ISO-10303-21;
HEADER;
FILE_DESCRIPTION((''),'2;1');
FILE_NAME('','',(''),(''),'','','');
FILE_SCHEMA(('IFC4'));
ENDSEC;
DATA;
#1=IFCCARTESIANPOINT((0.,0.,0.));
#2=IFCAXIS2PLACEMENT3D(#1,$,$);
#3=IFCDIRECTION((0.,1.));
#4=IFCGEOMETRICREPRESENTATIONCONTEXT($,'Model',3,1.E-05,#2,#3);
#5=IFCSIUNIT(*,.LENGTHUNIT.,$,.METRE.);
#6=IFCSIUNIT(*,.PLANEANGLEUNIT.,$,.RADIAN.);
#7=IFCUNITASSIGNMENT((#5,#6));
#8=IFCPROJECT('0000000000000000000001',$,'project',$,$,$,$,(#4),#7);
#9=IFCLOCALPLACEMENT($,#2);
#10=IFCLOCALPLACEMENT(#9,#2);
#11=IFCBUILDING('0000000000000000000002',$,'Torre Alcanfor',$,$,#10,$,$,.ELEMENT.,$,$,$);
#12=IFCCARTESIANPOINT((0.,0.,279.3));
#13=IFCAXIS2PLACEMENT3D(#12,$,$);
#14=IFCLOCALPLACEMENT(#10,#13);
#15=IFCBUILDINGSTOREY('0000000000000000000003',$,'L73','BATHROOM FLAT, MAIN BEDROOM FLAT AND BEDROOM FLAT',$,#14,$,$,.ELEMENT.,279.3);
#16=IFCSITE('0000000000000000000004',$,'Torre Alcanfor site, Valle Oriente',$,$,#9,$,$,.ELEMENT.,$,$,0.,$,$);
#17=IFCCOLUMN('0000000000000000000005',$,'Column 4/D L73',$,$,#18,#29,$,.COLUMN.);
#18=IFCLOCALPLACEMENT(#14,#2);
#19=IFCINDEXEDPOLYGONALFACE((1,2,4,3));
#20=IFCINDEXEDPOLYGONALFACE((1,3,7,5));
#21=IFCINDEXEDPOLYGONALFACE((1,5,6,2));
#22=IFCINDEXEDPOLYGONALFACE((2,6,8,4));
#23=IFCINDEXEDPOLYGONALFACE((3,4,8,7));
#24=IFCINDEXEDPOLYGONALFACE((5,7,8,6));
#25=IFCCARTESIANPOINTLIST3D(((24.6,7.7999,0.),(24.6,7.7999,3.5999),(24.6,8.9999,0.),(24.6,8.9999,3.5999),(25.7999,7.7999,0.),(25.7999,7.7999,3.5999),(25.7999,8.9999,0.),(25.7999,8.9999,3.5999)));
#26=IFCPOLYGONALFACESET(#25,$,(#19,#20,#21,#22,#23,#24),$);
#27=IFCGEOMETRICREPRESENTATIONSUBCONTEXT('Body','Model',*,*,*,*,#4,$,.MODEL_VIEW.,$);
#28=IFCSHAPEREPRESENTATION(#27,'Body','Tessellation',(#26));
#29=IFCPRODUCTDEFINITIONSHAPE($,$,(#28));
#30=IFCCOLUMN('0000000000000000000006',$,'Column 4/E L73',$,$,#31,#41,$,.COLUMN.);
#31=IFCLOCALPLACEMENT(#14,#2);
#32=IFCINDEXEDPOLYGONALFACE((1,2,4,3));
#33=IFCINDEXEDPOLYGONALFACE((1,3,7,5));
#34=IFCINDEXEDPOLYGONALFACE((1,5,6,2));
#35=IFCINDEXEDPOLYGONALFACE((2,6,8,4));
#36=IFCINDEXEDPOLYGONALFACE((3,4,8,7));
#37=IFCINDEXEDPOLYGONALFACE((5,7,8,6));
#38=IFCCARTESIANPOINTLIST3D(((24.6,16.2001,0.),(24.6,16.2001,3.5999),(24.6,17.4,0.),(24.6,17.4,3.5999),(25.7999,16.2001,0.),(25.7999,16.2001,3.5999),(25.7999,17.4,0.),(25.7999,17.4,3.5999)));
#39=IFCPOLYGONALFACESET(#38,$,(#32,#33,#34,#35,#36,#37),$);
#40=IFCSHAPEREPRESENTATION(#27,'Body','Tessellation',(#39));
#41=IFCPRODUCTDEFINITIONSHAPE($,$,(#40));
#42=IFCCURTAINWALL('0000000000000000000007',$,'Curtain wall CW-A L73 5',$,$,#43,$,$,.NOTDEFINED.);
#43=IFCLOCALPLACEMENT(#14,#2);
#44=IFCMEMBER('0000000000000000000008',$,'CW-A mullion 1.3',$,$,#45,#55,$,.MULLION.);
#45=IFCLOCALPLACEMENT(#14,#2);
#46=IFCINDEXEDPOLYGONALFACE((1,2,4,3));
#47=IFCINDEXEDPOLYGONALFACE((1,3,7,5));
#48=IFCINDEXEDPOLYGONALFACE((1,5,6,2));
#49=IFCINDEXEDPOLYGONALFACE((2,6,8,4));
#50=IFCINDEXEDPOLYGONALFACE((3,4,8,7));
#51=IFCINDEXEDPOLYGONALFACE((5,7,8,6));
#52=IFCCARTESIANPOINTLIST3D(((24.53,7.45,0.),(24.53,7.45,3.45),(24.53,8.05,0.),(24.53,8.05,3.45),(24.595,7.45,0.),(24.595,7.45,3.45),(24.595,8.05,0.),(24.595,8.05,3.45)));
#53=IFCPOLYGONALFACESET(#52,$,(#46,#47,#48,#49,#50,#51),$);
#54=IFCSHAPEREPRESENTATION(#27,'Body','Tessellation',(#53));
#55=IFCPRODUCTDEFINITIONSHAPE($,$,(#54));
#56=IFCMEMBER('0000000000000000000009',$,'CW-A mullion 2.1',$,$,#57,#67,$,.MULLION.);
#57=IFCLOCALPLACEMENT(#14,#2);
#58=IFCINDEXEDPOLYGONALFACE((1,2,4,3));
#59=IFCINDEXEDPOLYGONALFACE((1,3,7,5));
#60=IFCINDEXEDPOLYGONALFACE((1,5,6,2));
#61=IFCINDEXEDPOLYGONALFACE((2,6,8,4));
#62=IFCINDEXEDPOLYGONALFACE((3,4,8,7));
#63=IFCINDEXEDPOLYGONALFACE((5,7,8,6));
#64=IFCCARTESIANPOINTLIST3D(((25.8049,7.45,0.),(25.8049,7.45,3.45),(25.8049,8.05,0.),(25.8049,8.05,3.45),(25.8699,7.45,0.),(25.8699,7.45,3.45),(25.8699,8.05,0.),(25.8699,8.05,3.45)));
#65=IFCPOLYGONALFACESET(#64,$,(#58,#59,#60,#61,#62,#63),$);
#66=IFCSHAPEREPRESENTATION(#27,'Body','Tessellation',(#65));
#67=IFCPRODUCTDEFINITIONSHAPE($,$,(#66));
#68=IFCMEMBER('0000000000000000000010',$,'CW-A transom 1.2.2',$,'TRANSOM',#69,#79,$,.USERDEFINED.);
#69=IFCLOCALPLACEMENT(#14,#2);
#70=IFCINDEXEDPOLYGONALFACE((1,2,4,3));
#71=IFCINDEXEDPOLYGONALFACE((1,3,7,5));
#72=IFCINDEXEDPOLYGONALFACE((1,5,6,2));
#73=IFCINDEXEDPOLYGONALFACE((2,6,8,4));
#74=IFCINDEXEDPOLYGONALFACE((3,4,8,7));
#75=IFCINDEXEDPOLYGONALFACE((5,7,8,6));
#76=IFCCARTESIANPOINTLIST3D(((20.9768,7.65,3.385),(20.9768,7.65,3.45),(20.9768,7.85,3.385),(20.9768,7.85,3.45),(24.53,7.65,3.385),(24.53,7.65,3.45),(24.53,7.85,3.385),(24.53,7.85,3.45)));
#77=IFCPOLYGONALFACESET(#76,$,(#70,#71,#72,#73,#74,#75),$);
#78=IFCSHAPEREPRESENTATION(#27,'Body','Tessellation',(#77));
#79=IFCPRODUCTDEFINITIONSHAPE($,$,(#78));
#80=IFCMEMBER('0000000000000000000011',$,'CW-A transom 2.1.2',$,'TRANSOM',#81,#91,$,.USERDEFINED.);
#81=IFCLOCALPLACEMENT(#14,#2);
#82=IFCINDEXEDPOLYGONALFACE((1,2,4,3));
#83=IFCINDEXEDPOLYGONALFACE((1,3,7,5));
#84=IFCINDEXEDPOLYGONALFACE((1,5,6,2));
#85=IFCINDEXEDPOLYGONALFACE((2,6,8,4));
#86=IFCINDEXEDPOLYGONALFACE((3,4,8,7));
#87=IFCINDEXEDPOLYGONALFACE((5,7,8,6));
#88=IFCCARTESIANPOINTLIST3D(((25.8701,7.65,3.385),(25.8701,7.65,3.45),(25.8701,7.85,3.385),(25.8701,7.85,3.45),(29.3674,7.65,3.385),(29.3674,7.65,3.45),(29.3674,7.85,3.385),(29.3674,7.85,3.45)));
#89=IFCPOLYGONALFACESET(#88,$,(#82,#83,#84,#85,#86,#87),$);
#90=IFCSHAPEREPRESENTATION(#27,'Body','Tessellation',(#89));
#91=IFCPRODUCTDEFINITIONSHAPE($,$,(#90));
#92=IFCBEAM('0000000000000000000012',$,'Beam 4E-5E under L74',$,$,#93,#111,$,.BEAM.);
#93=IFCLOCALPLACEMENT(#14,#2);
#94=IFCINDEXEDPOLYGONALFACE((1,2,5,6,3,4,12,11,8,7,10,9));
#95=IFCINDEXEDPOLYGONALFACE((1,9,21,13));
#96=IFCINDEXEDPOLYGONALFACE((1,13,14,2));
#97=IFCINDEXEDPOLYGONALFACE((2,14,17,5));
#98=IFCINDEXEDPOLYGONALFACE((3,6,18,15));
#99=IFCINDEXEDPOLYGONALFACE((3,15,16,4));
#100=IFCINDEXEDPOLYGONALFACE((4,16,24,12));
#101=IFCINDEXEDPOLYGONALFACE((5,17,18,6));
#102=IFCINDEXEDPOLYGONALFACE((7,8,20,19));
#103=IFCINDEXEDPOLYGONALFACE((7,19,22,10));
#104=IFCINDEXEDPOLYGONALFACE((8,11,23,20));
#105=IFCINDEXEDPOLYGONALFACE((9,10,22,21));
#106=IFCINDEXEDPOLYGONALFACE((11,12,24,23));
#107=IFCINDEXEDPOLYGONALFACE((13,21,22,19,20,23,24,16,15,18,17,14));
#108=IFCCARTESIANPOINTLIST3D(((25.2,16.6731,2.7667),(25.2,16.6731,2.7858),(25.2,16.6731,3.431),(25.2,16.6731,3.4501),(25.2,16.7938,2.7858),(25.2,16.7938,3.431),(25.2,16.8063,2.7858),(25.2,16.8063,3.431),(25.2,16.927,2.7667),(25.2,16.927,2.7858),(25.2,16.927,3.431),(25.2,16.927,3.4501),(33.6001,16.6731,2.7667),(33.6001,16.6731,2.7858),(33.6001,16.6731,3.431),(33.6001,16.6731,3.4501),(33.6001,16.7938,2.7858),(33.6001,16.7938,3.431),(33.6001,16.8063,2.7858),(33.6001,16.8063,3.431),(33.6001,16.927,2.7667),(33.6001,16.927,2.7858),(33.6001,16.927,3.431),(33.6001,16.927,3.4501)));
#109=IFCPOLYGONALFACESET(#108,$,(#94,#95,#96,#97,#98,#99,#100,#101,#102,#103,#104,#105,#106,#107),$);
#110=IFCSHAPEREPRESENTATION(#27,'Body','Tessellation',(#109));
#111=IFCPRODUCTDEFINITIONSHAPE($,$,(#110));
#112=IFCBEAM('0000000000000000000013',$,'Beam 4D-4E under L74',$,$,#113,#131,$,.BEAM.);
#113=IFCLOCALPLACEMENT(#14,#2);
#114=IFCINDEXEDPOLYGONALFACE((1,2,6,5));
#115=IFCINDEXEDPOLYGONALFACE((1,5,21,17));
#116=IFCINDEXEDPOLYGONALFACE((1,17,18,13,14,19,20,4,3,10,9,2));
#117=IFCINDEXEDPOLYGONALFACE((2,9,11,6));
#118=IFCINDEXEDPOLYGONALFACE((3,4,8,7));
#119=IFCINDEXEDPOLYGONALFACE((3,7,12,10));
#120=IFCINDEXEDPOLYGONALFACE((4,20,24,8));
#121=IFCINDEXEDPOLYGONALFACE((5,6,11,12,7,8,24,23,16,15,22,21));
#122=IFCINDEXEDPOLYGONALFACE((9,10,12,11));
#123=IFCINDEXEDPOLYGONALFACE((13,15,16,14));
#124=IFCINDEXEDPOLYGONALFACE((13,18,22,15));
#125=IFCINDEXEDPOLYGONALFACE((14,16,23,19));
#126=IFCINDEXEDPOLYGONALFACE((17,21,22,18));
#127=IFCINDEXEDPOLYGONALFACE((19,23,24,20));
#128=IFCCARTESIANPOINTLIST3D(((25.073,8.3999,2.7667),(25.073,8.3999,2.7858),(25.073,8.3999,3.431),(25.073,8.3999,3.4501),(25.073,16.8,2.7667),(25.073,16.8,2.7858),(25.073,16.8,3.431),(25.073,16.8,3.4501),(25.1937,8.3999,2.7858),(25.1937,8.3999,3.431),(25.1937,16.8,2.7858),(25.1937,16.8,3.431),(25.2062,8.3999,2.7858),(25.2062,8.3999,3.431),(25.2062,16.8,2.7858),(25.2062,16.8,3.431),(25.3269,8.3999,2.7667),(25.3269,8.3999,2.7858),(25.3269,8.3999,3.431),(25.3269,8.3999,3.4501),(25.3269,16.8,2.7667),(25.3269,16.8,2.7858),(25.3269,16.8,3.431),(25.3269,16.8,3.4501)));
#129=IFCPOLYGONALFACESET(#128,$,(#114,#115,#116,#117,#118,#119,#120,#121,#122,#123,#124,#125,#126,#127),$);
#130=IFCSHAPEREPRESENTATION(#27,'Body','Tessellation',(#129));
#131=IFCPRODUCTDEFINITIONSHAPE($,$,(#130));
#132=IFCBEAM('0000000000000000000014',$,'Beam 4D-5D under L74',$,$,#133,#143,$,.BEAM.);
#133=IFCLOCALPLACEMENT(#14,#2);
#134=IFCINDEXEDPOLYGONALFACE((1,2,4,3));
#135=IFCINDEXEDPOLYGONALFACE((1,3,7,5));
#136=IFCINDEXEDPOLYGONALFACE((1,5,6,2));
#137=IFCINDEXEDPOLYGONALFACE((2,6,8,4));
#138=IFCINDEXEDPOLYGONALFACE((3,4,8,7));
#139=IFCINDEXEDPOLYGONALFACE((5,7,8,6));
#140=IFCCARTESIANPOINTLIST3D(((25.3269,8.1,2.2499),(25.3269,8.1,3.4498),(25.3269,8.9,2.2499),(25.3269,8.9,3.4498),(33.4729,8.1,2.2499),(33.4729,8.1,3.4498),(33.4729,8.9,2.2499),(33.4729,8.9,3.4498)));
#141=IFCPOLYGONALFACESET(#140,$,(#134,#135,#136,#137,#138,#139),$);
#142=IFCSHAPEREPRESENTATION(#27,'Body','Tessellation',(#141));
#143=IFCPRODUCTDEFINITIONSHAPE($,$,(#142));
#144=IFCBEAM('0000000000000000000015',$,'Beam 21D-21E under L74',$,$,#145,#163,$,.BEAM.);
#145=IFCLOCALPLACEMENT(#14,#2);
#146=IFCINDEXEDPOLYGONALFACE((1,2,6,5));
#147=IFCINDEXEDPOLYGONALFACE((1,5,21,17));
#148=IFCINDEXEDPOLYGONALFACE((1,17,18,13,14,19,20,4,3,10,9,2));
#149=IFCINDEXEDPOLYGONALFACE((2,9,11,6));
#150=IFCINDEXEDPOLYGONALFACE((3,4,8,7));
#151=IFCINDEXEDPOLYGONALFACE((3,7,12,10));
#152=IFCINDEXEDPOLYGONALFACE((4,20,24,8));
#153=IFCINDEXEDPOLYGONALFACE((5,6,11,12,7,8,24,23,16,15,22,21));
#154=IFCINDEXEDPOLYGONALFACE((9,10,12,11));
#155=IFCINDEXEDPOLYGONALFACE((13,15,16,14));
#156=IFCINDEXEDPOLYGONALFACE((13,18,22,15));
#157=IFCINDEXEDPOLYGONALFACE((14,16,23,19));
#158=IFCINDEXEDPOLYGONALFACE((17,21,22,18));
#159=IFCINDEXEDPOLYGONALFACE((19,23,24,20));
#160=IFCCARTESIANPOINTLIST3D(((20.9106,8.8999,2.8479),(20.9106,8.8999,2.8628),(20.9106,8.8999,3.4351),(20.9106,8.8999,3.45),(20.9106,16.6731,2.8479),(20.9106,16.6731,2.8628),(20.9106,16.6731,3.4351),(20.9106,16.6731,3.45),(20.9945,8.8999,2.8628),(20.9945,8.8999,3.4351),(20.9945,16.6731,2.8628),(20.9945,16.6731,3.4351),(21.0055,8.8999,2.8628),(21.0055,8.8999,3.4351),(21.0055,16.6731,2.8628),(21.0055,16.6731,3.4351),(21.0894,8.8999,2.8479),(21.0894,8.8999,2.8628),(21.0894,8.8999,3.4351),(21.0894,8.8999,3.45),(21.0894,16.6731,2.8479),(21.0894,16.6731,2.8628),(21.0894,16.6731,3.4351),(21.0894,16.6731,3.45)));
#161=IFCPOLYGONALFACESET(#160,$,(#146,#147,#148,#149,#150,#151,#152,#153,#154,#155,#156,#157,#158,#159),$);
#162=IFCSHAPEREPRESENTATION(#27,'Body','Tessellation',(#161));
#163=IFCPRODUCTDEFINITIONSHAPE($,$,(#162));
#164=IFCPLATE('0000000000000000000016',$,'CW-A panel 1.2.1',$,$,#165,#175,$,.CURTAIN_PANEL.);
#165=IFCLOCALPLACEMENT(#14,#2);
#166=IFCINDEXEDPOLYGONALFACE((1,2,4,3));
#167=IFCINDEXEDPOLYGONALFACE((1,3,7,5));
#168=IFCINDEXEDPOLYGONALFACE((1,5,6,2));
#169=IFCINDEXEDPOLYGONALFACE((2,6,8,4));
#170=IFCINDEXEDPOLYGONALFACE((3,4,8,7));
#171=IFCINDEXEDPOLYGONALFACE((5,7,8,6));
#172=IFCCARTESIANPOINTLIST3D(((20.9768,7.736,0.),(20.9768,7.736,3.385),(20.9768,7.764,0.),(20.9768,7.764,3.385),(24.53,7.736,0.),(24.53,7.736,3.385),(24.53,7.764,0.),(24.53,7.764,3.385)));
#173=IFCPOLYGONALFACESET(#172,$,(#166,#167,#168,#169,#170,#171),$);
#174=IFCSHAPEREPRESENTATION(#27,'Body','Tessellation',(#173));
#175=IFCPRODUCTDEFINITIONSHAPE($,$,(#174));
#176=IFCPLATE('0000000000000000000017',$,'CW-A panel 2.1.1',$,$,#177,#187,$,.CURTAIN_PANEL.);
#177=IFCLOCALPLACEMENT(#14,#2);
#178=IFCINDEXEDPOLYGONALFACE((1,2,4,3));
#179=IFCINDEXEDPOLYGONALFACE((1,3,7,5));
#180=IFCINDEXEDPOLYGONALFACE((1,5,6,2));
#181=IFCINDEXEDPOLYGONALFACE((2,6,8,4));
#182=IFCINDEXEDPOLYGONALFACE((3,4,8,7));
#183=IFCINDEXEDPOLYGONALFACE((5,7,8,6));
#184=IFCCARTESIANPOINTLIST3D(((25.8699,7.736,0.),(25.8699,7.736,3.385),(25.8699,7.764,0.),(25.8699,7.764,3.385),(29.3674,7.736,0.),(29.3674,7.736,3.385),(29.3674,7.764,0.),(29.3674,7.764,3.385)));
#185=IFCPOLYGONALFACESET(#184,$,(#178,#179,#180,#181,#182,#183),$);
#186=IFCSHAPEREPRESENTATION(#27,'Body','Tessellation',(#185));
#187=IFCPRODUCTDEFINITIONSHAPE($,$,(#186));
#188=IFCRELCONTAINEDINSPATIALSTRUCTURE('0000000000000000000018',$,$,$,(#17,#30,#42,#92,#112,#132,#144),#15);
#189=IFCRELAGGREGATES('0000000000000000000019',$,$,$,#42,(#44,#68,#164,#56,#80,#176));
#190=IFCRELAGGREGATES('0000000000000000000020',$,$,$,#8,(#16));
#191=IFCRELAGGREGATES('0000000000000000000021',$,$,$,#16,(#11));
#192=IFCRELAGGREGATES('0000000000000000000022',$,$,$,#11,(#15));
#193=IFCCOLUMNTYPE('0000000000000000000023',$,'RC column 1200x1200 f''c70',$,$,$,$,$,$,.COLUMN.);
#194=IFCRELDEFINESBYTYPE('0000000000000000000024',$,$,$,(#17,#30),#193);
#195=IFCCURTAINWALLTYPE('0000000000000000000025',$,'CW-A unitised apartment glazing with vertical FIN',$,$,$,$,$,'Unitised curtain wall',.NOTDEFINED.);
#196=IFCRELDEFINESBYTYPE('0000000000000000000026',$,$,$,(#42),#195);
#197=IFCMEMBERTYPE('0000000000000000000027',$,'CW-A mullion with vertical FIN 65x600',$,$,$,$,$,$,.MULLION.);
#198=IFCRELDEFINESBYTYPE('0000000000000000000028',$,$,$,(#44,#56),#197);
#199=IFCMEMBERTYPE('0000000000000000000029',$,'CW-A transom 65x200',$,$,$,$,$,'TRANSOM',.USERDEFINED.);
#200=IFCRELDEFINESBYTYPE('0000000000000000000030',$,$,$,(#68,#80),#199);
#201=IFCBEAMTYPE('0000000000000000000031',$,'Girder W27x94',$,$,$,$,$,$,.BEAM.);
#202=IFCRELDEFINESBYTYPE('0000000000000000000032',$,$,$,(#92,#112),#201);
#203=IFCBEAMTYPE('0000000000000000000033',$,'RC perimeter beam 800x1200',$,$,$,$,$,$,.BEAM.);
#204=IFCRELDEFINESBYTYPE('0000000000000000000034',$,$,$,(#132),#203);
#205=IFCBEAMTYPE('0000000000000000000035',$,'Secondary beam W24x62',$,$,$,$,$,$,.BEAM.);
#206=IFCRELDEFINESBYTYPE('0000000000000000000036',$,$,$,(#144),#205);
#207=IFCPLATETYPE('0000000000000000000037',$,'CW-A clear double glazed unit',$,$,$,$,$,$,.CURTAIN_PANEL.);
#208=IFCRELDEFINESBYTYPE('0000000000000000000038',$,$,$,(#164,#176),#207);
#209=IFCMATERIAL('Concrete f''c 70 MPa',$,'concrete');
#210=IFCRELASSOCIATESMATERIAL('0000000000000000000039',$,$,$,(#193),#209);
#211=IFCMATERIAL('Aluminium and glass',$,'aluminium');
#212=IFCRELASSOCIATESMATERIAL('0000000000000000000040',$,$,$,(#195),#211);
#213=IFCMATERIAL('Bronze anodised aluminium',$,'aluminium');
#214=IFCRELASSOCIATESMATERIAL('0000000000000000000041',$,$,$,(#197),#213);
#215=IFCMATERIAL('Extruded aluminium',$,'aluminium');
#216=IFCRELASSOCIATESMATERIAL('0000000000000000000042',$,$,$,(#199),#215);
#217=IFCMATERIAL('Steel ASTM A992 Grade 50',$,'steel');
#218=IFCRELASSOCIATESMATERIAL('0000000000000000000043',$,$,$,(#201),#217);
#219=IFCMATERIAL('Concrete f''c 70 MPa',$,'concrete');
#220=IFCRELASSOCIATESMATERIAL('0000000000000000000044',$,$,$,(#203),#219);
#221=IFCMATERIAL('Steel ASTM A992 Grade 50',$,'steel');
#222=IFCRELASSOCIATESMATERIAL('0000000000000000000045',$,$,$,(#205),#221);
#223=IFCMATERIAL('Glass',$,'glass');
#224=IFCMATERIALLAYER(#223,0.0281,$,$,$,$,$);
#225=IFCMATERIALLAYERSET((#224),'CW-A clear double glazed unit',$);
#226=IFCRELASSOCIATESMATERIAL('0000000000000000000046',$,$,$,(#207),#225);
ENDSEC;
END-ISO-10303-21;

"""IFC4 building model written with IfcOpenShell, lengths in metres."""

from ifc_helpers import new_model, si_unit, direction, frame, origin, origin_2d, place, context, subcontext, project, spatial, rectangle, i_section, extrude, material, layer, layer_set, material_profile, profile_set, type_object, element, aggregate, save


model = new_model("IFC4")

# Units and contexts
model_context = context("Model", 3, precision=1e-05, world=origin(), true_north=direction((0.0, 1.0)))
body_context = subcontext(model_context, "Body", "Model", "MODEL_VIEW")
ifc_project = project(units=[si_unit("LENGTHUNIT", "METRE"), si_unit("PLANEANGLEUNIT", "RADIAN")], contexts=[model_context])

# Site, building, storey
site_placement = place(None, origin())
site = spatial("IfcSite", under=ifc_project, at=site_placement, Name="Torre Alcanfor site, Valle Oriente", CompositionType="ELEMENT", RefElevation=0.0)
building_placement = place(site_placement, origin())
building = spatial("IfcBuilding", under=site, at=building_placement, Name="Torre Alcanfor", CompositionType="ELEMENT")
storey_placement = place(building_placement, frame((0.0, 0.0, 279.3)))
storey = spatial("IfcBuildingStorey", under=building, at=storey_placement, Name="L73", Description="BATHROOM FLAT, MAIN BEDROOM FLAT AND BEDROOM FLAT", CompositionType="ELEMENT", Elevation=279.3)

# Columns
ifc_material_1 = material(Name="Concrete f'c 70 MPa", Category="concrete")
ifc_material_profile_1 = material_profile(ifc_material_1, rectangle(XDim=1.2, YDim=1.2, at=origin_2d()), Name="1200x1200")
ifc_profile_set_1 = profile_set([ifc_material_profile_1], Name="Concrete f'c 70 MPa")
column_type = type_object("IfcColumnType", Name="RC column 1200x1200 f'c70", PredefinedType="COLUMN", material=ifc_profile_set_1)
for number, where, z_axis, x_axis, name in (
    (1, (25.2, 8.3999, 0.0), (0.0, 0.0, 1.0), (1.0, 0.0, 0.0), "Column 4/D L73"),
    (2, (25.2, 16.8, 0.0), (0.0, 0.0, 1.0), (1.0, 0.0, 0.0), "Column 4/E L73"),
):
    element("IfcColumn", number, at=place(storey_placement, frame(where, z_axis=z_axis, x_axis=x_axis)), inside=storey, type_object=column_type, Name=name, PredefinedType="COLUMN", context=body_context, shape_type="SweptSolid", body=[
        extrude(rectangle(XDim=1.2, YDim=1.2, at=origin_2d()), origin(), (0.0, 0.0, 1.0), 3.5999),
    ])

# Curtain wall, members
ifc_material_2 = material(Name="Aluminium and glass", Category="aluminium")
curtain_wall_type = type_object("IfcCurtainWallType", Name="CW-A unitised apartment glazing with vertical FIN", ElementType="Unitised curtain wall", PredefinedType="NOTDEFINED", material=ifc_material_2)
curtain_wall_placement = place(storey_placement, origin())
curtain_wall = element("IfcCurtainWall", 3, at=curtain_wall_placement, inside=storey, type_object=curtain_wall_type, Name="Curtain wall CW-A L73 5", PredefinedType="NOTDEFINED")
ifc_material_3 = material(Name="Bronze anodised aluminium", Category="aluminium")
ifc_material_profile_2 = material_profile(ifc_material_3, rectangle(XDim=0.6001, YDim=0.0649, at=origin_2d()), Name="CW-A mullion 65x600")
ifc_profile_set_2 = profile_set([ifc_material_profile_2], Name="Bronze anodised aluminium")
member_type_1 = type_object("IfcMemberType", Name="CW-A mullion with vertical FIN 65x600", PredefinedType="MULLION", material=ifc_profile_set_2)
member_1_placement = place(storey_placement, frame((24.5625, 7.75, 0.0), z_axis=(0.0, 0.0, 1.0), x_axis=(0.0, 1.0, 0.0)))
member_1 = element("IfcMember", 4, at=member_1_placement, type_object=member_type_1, Name="CW-A mullion 1.3", PredefinedType="MULLION", context=body_context, shape_type="SweptSolid", body=[
    extrude(rectangle(XDim=0.6001, YDim=0.0649, at=origin_2d()), origin(), (0.0, 0.0, 1.0), 3.45),
])
member_2_placement = place(storey_placement, frame((25.8374, 7.75, 0.0), z_axis=(0.0, 0.0, 1.0), x_axis=(0.0, 1.0, 0.0)))
member_2 = element("IfcMember", 5, at=member_2_placement, type_object=member_type_1, Name="CW-A mullion 2.1", PredefinedType="MULLION", context=body_context, shape_type="SweptSolid", body=[
    extrude(rectangle(XDim=0.6001, YDim=0.0649, at=origin_2d()), origin(), (0.0, 0.0, 1.0), 3.45),
])
ifc_material_4 = material(Name="Extruded aluminium", Category="aluminium")
ifc_material_profile_3 = material_profile(ifc_material_4, rectangle(XDim=0.2, YDim=0.0649, at=origin_2d()), Name="CW-A transom 200x65")
ifc_profile_set_3 = profile_set([ifc_material_profile_3], Name="Extruded aluminium")
member_type_2 = type_object("IfcMemberType", Name="CW-A transom 65x200", ElementType="TRANSOM", PredefinedType="USERDEFINED", material=ifc_profile_set_3)
member_3_placement = place(storey_placement, frame((20.9768, 7.75, 3.4175), z_axis=(1.0, 0.0, 0.0), x_axis=(0.0, 1.0, 0.0)))
member_3 = element("IfcMember", 6, at=member_3_placement, type_object=member_type_2, Name="CW-A transom 1.2.2", ObjectType="TRANSOM", PredefinedType="USERDEFINED", context=body_context, shape_type="SweptSolid", body=[
    extrude(rectangle(XDim=0.2, YDim=0.0649, at=origin_2d()), origin(), (0.0, 0.0, 1.0), 3.5532),
])
member_4_placement = place(storey_placement, frame((25.8701, 7.75, 3.4175), z_axis=(1.0, 0.0, 0.0), x_axis=(0.0, 1.0, 0.0)))
member_4 = element("IfcMember", 7, at=member_4_placement, type_object=member_type_2, Name="CW-A transom 2.1.2", ObjectType="TRANSOM", PredefinedType="USERDEFINED", context=body_context, shape_type="SweptSolid", body=[
    extrude(rectangle(XDim=0.2, YDim=0.0649, at=origin_2d()), origin(), (0.0, 0.0, 1.0), 3.4973),
])

# Beams
ifc_material_5 = material(Name="Steel ASTM A992 Grade 50", Category="steel")
ifc_material_profile_4 = material_profile(ifc_material_5, i_section(OverallWidth=0.2539, OverallDepth=0.6833, WebThickness=0.0125, FlangeThickness=0.019, at=origin_2d()), Name="W27x94")
ifc_profile_set_4 = profile_set([ifc_material_profile_4], Name="Steel ASTM A992 Grade 50")
beam_type_1 = type_object("IfcBeamType", Name="Girder W27x94", PredefinedType="BEAM", material=ifc_profile_set_4)
for number, where, z_axis, x_axis, name in (
    (8, (25.2, 16.8, 3.1084), (1.0, 0.0, 0.0), (0.0, 1.0, 0.0), "Beam 4E-5E under L74"),
    (9, (25.2, 8.3999, 3.1084), (0.0, 1.0, 0.0), (-1.0, 0.0, 0.0), "Beam 4D-4E under L74"),
):
    element("IfcBeam", number, at=place(storey_placement, frame(where, z_axis=z_axis, x_axis=x_axis)), inside=storey, type_object=beam_type_1, Name=name, PredefinedType="BEAM", context=body_context, shape_type="SweptSolid", body=[
        extrude(i_section(OverallWidth=0.2539, OverallDepth=0.6833, WebThickness=0.0125, FlangeThickness=0.019, at=origin_2d()), origin(), (0.0, 0.0, 1.0), 8.4001),
    ])
ifc_material_6 = material(Name="Concrete f'c 70 MPa", Category="concrete")
ifc_material_profile_5 = material_profile(ifc_material_6, rectangle(XDim=0.8, YDim=1.2, at=origin_2d()), Name="800x1200")
ifc_profile_set_5 = profile_set([ifc_material_profile_5], Name="Concrete f'c 70 MPa")
beam_type_2 = type_object("IfcBeamType", Name="RC perimeter beam 800x1200", PredefinedType="BEAM", material=ifc_profile_set_5)
beam_1_placement = place(storey_placement, frame((25.3269, 8.5, 2.8499), z_axis=(1.0, 0.0, 0.0), x_axis=(0.0, 1.0, 0.0)))
element("IfcBeam", 10, at=beam_1_placement, inside=storey, type_object=beam_type_2, Name="Beam 4D-5D under L74", PredefinedType="BEAM", context=body_context, shape_type="SweptSolid", body=[
    extrude(rectangle(XDim=0.8, YDim=1.2, at=origin_2d()), origin(), (0.0, 0.0, 1.0), 8.146),
])
ifc_material_7 = material(Name="Steel ASTM A992 Grade 50", Category="steel")
ifc_material_profile_6 = material_profile(ifc_material_7, i_section(OverallWidth=0.1787, OverallDepth=0.6021, WebThickness=0.011, FlangeThickness=0.0149, at=origin_2d()), Name="W24x62")
ifc_profile_set_6 = profile_set([ifc_material_profile_6], Name="Steel ASTM A992 Grade 50")
beam_type_3 = type_object("IfcBeamType", Name="Secondary beam W24x62", PredefinedType="BEAM", material=ifc_profile_set_6)
beam_2_placement = place(storey_placement, frame((21.0, 8.8999, 3.1489), z_axis=(0.0, 1.0, 0.0), x_axis=(-1.0, 0.0, 0.0)))
element("IfcBeam", 11, at=beam_2_placement, inside=storey, type_object=beam_type_3, Name="Beam 21D-21E under L74", PredefinedType="BEAM", context=body_context, shape_type="SweptSolid", body=[
    extrude(i_section(OverallWidth=0.1787, OverallDepth=0.6021, WebThickness=0.011, FlangeThickness=0.0149, at=origin_2d()), origin(), (0.0, 0.0, 1.0), 7.7732),
])

# Plates
ifc_material_8 = material(Name="Glass", Category="glass")
ifc_layer_1 = layer(ifc_material_8, 0.0281)
ifc_layer_set_1 = layer_set([ifc_layer_1], Name="CW-A clear double glazed unit")
plate_type = type_object("IfcPlateType", Name="CW-A clear double glazed unit", PredefinedType="CURTAIN_PANEL", material=ifc_layer_set_1)
plate_1_placement = place(storey_placement, frame((22.7534, 7.75, 0.0), z_axis=(0.0, 0.0, 1.0), x_axis=(1.0, 0.0, 0.0)))
plate_1 = element("IfcPlate", 12, at=plate_1_placement, type_object=plate_type, Name="CW-A panel 1.2.1", PredefinedType="CURTAIN_PANEL", context=body_context, shape_type="SweptSolid", body=[
    extrude(rectangle(XDim=3.5532, YDim=0.0281, at=origin_2d()), origin(), (0.0, 0.0, 1.0), 3.385),
])
plate_2_placement = place(storey_placement, frame((27.6187, 7.75, 0.0), z_axis=(0.0, 0.0, 1.0), x_axis=(1.0, 0.0, 0.0)))
plate_2 = element("IfcPlate", 13, at=plate_2_placement, type_object=plate_type, Name="CW-A panel 2.1.1", PredefinedType="CURTAIN_PANEL", context=body_context, shape_type="SweptSolid", body=[
    extrude(rectangle(XDim=3.4976, YDim=0.0281, at=origin_2d()), origin(), (0.0, 0.0, 1.0), 3.385),
])
aggregate(curtain_wall, [member_1, member_3, plate_1, member_2, member_4, plate_2])

save(model, "model.ifc")
